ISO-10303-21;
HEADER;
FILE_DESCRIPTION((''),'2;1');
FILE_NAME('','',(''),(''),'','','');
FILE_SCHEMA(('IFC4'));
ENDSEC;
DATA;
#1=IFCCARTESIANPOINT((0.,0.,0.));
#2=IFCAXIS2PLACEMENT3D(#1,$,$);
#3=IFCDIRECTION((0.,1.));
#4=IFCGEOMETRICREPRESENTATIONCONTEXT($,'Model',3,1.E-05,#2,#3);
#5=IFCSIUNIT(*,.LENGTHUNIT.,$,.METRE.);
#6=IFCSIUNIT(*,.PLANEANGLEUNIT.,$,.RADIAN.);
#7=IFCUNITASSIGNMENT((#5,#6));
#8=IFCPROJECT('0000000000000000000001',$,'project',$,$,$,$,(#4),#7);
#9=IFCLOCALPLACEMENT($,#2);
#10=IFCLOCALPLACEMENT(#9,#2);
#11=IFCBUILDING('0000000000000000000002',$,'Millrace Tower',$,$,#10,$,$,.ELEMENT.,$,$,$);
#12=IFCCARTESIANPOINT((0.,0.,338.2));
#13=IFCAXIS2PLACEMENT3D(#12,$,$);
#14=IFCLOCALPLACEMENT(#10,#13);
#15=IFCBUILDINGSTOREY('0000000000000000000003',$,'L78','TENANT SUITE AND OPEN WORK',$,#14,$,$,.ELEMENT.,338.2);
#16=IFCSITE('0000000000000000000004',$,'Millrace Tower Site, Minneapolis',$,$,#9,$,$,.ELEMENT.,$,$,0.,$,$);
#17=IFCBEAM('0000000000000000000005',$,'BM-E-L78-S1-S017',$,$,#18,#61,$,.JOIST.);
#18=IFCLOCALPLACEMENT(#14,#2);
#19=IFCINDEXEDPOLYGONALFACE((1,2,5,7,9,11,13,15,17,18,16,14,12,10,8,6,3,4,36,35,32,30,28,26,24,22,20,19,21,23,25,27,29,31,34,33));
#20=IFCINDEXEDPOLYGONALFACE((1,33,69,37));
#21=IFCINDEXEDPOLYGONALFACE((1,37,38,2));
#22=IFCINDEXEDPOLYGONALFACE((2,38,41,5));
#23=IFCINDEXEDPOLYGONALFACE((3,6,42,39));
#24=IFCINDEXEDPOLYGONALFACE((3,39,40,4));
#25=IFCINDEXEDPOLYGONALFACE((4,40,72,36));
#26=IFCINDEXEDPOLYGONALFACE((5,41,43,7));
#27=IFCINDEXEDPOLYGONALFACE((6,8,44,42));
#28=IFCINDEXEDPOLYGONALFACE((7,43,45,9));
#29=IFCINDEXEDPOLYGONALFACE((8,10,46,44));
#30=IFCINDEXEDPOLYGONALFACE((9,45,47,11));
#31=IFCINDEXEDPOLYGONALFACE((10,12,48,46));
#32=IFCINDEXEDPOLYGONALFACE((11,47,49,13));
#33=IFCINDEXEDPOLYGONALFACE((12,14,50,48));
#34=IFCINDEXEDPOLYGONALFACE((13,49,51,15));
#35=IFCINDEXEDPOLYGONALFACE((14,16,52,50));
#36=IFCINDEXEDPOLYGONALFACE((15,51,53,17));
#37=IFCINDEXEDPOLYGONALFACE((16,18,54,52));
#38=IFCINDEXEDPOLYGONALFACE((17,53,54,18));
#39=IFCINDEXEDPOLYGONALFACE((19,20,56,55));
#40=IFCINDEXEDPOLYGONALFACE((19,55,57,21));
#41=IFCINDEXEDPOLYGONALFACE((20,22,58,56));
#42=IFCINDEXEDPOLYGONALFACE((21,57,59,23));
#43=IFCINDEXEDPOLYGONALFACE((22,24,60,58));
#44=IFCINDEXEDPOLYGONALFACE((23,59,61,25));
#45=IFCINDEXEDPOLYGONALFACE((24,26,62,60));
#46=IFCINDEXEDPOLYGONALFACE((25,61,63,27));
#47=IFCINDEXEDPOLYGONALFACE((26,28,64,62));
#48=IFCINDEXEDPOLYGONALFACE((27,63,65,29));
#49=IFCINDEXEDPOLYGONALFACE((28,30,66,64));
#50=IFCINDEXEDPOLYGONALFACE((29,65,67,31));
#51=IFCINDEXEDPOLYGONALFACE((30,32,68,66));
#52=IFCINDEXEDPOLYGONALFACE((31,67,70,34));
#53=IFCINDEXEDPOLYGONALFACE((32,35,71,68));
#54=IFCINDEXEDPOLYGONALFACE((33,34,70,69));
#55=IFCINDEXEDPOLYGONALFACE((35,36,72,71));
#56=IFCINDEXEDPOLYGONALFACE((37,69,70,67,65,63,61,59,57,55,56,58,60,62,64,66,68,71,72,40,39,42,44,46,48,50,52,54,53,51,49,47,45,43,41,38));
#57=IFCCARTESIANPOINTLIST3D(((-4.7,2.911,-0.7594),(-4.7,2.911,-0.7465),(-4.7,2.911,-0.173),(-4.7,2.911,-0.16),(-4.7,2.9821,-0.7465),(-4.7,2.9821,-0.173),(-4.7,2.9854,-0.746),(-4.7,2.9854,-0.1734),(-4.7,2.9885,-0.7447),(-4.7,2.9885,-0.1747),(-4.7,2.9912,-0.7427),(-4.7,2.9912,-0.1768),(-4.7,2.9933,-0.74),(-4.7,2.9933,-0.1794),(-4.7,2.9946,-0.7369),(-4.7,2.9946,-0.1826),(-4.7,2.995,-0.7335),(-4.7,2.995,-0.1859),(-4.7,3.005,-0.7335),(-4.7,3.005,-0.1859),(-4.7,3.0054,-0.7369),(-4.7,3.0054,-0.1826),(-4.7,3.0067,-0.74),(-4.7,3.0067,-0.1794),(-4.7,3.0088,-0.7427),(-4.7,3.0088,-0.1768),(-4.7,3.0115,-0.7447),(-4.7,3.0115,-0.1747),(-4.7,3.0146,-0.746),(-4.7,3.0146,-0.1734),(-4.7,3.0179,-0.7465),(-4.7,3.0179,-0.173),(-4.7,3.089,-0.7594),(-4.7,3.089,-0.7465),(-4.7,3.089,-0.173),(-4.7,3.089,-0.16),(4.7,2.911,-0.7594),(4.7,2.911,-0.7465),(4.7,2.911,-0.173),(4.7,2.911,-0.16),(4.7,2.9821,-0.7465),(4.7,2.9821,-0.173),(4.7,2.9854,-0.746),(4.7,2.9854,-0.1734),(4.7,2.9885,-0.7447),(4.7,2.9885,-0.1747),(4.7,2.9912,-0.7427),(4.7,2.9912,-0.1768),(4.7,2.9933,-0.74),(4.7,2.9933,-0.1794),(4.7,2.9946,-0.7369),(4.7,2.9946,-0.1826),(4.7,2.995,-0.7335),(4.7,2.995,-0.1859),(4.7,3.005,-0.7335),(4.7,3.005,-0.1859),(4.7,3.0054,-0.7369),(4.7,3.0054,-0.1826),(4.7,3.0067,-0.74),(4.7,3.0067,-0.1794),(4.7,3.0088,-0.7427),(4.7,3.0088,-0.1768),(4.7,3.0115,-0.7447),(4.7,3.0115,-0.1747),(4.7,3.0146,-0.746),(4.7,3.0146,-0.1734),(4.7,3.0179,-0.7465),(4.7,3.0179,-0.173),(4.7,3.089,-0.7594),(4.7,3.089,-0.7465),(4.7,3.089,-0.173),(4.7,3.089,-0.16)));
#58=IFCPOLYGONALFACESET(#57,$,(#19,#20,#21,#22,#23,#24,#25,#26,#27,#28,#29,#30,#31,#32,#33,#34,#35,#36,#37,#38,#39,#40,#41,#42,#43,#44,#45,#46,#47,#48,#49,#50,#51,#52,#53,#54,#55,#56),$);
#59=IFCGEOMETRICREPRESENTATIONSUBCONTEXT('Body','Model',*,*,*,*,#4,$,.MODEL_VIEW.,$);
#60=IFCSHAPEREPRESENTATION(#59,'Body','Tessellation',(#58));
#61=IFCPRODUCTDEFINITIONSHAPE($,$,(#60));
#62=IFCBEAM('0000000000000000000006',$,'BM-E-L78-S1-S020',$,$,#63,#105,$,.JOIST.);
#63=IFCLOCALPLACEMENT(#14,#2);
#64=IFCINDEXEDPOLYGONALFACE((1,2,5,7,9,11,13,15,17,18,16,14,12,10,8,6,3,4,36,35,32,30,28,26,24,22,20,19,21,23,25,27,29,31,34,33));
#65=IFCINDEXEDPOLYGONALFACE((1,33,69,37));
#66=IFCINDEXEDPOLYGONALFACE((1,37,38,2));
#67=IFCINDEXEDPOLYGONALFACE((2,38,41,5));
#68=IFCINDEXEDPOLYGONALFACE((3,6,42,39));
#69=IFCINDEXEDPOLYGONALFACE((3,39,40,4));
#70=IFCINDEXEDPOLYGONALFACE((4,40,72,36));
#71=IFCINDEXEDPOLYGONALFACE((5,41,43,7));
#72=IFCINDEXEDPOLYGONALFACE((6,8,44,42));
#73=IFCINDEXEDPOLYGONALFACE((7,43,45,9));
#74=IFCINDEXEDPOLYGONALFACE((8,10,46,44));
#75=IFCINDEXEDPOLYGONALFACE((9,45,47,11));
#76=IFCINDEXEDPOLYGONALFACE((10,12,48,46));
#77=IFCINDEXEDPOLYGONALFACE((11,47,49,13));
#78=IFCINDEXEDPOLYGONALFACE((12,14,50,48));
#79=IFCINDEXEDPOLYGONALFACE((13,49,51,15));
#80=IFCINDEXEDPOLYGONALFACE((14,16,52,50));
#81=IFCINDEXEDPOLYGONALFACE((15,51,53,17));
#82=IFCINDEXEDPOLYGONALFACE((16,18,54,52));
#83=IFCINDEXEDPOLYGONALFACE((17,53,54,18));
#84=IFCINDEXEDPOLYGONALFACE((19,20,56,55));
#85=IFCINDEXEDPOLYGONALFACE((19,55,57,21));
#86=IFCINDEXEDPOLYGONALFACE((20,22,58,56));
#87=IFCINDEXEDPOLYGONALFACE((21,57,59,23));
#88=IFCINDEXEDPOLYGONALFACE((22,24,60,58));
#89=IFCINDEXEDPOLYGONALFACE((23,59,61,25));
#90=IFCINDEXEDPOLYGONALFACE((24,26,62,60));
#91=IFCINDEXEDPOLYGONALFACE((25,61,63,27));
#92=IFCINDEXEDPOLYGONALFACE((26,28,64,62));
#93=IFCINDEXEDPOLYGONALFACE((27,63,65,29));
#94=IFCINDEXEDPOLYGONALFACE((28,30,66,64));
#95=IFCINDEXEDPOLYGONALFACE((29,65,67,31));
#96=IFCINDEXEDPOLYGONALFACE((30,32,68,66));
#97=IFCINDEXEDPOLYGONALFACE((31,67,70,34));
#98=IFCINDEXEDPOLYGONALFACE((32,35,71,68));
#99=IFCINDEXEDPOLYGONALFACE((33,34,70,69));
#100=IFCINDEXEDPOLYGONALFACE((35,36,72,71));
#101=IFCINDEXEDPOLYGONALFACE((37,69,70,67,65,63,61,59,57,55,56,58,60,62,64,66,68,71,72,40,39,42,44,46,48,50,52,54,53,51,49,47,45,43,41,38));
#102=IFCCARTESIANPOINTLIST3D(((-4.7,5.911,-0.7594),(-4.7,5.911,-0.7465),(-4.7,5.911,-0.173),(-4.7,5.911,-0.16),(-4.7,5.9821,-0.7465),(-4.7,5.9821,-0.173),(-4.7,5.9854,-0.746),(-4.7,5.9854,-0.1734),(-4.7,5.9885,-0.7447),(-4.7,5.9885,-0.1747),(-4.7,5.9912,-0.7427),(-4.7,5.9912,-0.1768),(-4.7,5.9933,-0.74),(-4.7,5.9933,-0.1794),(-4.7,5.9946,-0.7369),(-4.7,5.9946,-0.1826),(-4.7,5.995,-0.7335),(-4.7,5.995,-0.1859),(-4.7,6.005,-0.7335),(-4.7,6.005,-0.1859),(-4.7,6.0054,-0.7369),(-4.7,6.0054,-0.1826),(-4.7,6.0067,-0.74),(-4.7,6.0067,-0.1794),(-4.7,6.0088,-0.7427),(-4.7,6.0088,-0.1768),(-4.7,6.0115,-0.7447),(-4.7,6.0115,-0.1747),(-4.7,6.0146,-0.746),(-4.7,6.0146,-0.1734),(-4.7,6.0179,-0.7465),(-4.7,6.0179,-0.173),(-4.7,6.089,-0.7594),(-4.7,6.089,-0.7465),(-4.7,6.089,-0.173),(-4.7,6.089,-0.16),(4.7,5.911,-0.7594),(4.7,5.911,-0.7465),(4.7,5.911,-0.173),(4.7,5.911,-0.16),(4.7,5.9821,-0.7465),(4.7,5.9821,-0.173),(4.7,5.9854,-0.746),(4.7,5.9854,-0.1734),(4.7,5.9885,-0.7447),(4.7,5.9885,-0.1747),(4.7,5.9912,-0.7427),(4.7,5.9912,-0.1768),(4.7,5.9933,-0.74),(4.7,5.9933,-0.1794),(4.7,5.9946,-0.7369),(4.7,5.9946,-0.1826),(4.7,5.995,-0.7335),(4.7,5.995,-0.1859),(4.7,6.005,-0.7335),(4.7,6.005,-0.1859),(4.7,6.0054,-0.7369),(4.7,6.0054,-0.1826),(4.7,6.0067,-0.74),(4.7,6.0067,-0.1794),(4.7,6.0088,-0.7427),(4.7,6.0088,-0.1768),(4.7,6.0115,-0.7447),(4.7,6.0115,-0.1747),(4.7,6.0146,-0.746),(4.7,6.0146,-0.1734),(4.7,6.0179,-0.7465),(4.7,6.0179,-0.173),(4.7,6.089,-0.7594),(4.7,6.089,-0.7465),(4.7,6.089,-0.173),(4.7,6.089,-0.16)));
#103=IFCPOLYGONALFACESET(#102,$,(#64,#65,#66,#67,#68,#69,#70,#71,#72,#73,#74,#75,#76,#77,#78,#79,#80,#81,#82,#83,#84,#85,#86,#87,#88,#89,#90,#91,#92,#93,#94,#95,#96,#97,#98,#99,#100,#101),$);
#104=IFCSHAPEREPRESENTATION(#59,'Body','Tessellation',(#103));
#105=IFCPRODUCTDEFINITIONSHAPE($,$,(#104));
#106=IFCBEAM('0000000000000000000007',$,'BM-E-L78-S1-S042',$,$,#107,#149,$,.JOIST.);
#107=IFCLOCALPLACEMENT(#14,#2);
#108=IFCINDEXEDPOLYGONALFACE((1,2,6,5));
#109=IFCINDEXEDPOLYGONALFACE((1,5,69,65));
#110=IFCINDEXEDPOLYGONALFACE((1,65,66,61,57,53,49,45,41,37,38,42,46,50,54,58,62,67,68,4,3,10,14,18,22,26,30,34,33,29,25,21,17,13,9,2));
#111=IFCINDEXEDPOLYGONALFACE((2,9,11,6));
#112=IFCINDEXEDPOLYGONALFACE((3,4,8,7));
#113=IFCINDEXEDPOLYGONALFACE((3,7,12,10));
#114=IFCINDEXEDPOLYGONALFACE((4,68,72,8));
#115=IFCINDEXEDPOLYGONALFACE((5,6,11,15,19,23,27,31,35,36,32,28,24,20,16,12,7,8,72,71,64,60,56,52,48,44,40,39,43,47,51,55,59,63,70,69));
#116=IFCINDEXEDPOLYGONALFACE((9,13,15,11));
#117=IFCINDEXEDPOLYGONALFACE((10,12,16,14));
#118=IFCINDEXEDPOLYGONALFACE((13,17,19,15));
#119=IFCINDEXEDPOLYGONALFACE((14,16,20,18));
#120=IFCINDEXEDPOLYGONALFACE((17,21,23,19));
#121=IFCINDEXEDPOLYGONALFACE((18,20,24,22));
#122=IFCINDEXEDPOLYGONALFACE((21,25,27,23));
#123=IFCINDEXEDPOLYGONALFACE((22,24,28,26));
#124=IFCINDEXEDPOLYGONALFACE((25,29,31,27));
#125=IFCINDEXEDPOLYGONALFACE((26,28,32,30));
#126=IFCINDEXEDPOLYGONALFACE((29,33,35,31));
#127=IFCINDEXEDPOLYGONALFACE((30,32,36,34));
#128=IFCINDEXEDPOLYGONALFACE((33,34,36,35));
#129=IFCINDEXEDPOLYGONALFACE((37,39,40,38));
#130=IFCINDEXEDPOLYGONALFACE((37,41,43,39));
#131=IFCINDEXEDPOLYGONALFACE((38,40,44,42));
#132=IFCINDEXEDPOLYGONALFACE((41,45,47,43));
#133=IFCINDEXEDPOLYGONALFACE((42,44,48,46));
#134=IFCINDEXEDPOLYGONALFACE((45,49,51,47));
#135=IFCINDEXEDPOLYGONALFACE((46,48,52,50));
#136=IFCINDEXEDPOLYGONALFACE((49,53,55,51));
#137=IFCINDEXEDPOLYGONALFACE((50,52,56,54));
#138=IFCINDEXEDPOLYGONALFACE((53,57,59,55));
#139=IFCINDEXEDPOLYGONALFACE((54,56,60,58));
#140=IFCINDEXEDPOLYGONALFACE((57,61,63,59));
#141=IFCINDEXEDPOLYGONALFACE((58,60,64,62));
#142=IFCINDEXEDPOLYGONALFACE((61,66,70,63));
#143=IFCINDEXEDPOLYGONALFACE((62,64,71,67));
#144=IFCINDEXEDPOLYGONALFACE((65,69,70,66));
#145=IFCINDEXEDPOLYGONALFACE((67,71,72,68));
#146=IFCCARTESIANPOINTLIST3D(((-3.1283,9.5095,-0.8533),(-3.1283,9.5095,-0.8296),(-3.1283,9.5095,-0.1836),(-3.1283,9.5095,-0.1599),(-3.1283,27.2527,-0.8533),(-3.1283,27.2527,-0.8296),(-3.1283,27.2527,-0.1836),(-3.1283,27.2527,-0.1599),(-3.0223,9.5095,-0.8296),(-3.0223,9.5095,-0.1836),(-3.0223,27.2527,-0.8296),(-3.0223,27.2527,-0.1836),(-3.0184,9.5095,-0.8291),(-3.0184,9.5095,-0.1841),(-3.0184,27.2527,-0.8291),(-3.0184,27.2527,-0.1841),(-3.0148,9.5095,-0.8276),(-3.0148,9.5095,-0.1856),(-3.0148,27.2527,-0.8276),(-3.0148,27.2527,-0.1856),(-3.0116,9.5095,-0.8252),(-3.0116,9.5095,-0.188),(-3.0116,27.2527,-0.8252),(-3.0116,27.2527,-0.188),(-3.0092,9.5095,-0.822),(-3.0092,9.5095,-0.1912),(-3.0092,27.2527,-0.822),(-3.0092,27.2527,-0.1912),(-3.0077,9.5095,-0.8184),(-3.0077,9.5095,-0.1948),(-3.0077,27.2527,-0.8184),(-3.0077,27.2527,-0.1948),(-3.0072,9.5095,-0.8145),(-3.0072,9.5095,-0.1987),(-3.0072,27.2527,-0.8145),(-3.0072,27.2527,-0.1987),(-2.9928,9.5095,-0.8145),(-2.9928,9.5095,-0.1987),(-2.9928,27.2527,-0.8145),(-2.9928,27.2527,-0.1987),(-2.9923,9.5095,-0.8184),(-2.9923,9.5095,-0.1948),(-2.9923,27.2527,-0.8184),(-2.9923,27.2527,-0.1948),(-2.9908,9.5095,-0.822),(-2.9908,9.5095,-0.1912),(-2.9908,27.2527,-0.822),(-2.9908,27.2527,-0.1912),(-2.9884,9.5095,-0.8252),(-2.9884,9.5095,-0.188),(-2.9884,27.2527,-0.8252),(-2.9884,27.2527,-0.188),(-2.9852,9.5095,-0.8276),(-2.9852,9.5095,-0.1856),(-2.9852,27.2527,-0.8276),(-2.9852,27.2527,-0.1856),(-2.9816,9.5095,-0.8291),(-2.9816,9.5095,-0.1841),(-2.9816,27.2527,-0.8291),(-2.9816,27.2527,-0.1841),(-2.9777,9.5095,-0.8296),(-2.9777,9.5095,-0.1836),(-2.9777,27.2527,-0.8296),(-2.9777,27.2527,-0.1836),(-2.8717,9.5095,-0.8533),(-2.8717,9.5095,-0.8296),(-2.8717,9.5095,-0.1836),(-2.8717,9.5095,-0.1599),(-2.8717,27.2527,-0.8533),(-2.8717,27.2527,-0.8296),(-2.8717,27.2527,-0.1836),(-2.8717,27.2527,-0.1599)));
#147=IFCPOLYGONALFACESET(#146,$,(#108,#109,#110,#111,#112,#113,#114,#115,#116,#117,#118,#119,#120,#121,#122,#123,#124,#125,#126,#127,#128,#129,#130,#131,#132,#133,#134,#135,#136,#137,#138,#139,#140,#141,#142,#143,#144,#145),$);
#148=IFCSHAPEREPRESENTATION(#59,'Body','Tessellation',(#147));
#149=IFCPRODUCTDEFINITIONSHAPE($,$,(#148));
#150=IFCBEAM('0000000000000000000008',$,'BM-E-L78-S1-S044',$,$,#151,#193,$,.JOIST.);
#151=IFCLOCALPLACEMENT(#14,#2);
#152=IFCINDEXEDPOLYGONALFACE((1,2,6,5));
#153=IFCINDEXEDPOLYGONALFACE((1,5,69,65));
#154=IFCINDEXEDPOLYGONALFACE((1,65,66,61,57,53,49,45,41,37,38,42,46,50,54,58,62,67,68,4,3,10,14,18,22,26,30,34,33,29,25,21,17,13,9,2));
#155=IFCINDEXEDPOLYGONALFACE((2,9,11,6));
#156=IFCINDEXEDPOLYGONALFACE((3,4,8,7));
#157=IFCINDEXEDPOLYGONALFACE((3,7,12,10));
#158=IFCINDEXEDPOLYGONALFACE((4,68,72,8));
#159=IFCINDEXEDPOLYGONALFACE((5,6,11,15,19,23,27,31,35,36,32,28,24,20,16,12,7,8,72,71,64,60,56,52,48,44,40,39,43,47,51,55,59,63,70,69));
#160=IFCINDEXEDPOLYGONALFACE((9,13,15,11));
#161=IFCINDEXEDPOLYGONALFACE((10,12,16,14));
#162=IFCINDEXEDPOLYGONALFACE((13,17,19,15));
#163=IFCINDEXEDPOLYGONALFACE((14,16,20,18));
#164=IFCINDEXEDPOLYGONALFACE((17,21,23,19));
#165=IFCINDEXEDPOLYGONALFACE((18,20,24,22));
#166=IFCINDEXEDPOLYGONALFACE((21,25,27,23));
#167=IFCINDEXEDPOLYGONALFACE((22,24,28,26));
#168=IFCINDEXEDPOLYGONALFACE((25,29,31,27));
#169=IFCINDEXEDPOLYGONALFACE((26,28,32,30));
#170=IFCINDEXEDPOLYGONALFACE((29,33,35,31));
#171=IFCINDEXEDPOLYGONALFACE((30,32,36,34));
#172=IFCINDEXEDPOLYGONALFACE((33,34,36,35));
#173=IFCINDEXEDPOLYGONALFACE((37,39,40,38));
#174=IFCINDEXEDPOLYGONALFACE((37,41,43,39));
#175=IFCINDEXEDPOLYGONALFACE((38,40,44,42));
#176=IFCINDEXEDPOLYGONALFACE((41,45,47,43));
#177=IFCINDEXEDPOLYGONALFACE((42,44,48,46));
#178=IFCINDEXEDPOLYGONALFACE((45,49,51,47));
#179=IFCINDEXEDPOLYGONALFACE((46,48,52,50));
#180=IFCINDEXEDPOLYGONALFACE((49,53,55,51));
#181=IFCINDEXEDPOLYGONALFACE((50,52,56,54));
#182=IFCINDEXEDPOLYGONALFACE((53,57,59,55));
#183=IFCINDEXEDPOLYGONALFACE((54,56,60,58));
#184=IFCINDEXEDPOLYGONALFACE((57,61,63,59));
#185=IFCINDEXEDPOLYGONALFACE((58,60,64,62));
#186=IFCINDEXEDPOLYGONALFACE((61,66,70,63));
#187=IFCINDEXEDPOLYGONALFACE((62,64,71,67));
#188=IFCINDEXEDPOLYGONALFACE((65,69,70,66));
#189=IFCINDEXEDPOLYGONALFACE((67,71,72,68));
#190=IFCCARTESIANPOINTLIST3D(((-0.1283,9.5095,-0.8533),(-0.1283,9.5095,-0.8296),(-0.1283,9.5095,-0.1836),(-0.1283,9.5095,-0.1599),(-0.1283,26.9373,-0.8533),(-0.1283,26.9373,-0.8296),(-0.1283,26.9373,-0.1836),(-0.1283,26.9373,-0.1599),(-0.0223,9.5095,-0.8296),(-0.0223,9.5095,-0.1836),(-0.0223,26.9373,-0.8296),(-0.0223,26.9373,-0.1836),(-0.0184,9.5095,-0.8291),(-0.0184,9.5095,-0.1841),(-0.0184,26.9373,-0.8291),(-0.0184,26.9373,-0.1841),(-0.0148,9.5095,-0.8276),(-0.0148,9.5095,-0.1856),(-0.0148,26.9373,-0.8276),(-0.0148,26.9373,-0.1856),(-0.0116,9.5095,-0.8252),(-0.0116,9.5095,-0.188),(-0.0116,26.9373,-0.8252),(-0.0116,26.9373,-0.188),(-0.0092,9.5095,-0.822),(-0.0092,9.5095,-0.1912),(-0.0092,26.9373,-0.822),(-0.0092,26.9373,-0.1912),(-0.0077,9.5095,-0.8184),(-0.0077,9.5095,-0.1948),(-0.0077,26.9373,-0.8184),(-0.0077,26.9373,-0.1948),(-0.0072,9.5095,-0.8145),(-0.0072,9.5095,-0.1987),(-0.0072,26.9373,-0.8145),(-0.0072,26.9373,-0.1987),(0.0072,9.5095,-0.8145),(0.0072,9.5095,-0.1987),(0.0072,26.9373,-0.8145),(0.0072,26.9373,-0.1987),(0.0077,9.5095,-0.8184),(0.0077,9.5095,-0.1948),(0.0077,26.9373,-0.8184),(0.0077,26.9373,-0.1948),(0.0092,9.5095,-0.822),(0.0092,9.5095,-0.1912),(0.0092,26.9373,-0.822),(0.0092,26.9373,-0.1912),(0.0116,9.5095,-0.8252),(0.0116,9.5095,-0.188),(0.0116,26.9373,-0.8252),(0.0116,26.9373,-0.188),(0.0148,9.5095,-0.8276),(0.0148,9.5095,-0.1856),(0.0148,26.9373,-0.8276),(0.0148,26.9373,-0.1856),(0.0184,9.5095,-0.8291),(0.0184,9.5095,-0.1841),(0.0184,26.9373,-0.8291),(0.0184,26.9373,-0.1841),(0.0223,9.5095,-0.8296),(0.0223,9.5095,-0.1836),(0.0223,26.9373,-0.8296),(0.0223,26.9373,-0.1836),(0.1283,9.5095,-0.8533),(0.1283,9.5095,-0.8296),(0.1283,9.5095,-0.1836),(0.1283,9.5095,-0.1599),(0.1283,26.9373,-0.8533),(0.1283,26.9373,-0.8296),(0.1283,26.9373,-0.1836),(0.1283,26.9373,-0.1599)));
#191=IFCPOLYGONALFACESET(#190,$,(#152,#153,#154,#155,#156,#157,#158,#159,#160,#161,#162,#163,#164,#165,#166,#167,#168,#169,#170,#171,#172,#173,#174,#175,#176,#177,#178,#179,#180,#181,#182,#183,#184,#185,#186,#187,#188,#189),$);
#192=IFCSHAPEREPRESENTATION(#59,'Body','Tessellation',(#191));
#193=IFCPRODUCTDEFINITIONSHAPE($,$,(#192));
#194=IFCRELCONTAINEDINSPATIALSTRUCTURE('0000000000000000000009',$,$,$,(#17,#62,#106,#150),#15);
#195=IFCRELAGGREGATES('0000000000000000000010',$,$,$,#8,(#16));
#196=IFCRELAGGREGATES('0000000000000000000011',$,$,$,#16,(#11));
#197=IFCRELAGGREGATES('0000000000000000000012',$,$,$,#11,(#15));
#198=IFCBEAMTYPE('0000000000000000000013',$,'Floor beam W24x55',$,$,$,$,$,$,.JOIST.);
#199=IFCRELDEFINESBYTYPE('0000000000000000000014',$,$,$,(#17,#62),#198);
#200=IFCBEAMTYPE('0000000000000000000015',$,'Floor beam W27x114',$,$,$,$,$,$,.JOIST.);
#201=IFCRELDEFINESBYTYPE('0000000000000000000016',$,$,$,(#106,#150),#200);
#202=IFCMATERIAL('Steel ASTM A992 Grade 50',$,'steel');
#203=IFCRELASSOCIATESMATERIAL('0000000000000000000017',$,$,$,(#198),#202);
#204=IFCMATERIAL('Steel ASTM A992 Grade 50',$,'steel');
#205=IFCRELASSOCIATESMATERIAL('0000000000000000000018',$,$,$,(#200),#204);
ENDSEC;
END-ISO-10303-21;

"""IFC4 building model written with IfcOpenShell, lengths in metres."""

from ifc_helpers import new_model, si_unit, direction, frame, origin, origin_2d, place, context, subcontext, project, spatial, i_section, extrude, material, material_profile, profile_set, type_object, element, save


model = new_model("IFC4")

# Units and contexts
model_context = context("Model", 3, precision=1e-05, world=origin(), true_north=direction((0.0, 1.0)))
body_context = subcontext(model_context, "Body", "Model", "MODEL_VIEW")
ifc_project = project(units=[si_unit("LENGTHUNIT", "METRE"), si_unit("PLANEANGLEUNIT", "RADIAN")], contexts=[model_context])

# Site, building, storey
site_placement = place(None, origin())
site = spatial("IfcSite", under=ifc_project, at=site_placement, Name="Millrace Tower Site, Minneapolis", CompositionType="ELEMENT", RefElevation=0.0)
building_placement = place(site_placement, origin())
building = spatial("IfcBuilding", under=site, at=building_placement, Name="Millrace Tower", CompositionType="ELEMENT")
storey_placement = place(building_placement, frame((0.0, 0.0, 338.2)))
storey = spatial("IfcBuildingStorey", under=building, at=storey_placement, Name="L78", Description="TENANT SUITE AND OPEN WORK", CompositionType="ELEMENT", Elevation=338.2)

# Beams
ifc_material_1 = material(Name="Steel ASTM A992 Grade 50", Category="steel")
ifc_material_profile_1 = material_profile(ifc_material_1, i_section(OverallWidth=0.178, OverallDepth=0.5994, WebThickness=0.01, FlangeThickness=0.0129, FilletRadius=0.0129, at=origin_2d()))
ifc_profile_set_1 = profile_set([ifc_material_profile_1], Name="Steel ASTM A992 Grade 50")
beam_type_1 = type_object("IfcBeamType", Name="Floor beam W24x55", PredefinedType="JOIST", material=ifc_profile_set_1)
for number, where, z_axis, x_axis, name in (
    (1, (-4.7, 3.0, -0.4597), (1.0, 0.0, 0.0), (0.0, 1.0, 0.0), "BM-E-L78-S1-S017"),
    (2, (-4.7, 6.0, -0.4597), (1.0, 0.0, 0.0), (0.0, 1.0, 0.0), "BM-E-L78-S1-S020"),
):
    element("IfcBeam", number, at=place(storey_placement, frame(where, z_axis=z_axis, x_axis=x_axis)), inside=storey, type_object=beam_type_1, Name=name, PredefinedType="JOIST", context=body_context, shape_type="SweptSolid", body=[
        extrude(i_section(OverallWidth=0.178, OverallDepth=0.5994, WebThickness=0.01, FlangeThickness=0.0129, FilletRadius=0.0129, at=origin_2d()), origin(), (0.0, 0.0, 1.0), 9.3999),
    ])
ifc_material_2 = material(Name="Steel ASTM A992 Grade 50", Category="steel")
ifc_material_profile_2 = material_profile(ifc_material_2, i_section(OverallWidth=0.2566, OverallDepth=0.6934, WebThickness=0.0144, FlangeThickness=0.0237, FilletRadius=0.0151, at=origin_2d()))
ifc_profile_set_2 = profile_set([ifc_material_profile_2], Name="Steel ASTM A992 Grade 50")
beam_type_2 = type_object("IfcBeamType", Name="Floor beam W27x114", PredefinedType="JOIST", material=ifc_profile_set_2)
beam_1_placement = place(storey_placement, frame((-3.0, 9.5095, -0.5066), z_axis=(0.0, 1.0, 0.0), x_axis=(-1.0, 0.0, 0.0)))
element("IfcBeam", 3, at=beam_1_placement, inside=storey, type_object=beam_type_2, Name="BM-E-L78-S1-S042", PredefinedType="JOIST", context=body_context, shape_type="SweptSolid", body=[
    extrude(i_section(OverallWidth=0.2566, OverallDepth=0.6934, WebThickness=0.0144, FlangeThickness=0.0237, FilletRadius=0.0151, at=origin_2d()), origin(), (0.0, 0.0, 1.0), 17.7432),
])
beam_2_placement = place(storey_placement, frame((0.0, 9.5095, -0.5066), z_axis=(0.0, 1.0, 0.0), x_axis=(-1.0, 0.0, 0.0)))
element("IfcBeam", 4, at=beam_2_placement, inside=storey, type_object=beam_type_2, Name="BM-E-L78-S1-S044", PredefinedType="JOIST", context=body_context, shape_type="SweptSolid", body=[
    extrude(i_section(OverallWidth=0.2566, OverallDepth=0.6934, WebThickness=0.0144, FlangeThickness=0.0237, FilletRadius=0.0151, at=origin_2d()), origin(), (0.0, 0.0, 1.0), 17.4277),
])

save(model, "model.ifc")
